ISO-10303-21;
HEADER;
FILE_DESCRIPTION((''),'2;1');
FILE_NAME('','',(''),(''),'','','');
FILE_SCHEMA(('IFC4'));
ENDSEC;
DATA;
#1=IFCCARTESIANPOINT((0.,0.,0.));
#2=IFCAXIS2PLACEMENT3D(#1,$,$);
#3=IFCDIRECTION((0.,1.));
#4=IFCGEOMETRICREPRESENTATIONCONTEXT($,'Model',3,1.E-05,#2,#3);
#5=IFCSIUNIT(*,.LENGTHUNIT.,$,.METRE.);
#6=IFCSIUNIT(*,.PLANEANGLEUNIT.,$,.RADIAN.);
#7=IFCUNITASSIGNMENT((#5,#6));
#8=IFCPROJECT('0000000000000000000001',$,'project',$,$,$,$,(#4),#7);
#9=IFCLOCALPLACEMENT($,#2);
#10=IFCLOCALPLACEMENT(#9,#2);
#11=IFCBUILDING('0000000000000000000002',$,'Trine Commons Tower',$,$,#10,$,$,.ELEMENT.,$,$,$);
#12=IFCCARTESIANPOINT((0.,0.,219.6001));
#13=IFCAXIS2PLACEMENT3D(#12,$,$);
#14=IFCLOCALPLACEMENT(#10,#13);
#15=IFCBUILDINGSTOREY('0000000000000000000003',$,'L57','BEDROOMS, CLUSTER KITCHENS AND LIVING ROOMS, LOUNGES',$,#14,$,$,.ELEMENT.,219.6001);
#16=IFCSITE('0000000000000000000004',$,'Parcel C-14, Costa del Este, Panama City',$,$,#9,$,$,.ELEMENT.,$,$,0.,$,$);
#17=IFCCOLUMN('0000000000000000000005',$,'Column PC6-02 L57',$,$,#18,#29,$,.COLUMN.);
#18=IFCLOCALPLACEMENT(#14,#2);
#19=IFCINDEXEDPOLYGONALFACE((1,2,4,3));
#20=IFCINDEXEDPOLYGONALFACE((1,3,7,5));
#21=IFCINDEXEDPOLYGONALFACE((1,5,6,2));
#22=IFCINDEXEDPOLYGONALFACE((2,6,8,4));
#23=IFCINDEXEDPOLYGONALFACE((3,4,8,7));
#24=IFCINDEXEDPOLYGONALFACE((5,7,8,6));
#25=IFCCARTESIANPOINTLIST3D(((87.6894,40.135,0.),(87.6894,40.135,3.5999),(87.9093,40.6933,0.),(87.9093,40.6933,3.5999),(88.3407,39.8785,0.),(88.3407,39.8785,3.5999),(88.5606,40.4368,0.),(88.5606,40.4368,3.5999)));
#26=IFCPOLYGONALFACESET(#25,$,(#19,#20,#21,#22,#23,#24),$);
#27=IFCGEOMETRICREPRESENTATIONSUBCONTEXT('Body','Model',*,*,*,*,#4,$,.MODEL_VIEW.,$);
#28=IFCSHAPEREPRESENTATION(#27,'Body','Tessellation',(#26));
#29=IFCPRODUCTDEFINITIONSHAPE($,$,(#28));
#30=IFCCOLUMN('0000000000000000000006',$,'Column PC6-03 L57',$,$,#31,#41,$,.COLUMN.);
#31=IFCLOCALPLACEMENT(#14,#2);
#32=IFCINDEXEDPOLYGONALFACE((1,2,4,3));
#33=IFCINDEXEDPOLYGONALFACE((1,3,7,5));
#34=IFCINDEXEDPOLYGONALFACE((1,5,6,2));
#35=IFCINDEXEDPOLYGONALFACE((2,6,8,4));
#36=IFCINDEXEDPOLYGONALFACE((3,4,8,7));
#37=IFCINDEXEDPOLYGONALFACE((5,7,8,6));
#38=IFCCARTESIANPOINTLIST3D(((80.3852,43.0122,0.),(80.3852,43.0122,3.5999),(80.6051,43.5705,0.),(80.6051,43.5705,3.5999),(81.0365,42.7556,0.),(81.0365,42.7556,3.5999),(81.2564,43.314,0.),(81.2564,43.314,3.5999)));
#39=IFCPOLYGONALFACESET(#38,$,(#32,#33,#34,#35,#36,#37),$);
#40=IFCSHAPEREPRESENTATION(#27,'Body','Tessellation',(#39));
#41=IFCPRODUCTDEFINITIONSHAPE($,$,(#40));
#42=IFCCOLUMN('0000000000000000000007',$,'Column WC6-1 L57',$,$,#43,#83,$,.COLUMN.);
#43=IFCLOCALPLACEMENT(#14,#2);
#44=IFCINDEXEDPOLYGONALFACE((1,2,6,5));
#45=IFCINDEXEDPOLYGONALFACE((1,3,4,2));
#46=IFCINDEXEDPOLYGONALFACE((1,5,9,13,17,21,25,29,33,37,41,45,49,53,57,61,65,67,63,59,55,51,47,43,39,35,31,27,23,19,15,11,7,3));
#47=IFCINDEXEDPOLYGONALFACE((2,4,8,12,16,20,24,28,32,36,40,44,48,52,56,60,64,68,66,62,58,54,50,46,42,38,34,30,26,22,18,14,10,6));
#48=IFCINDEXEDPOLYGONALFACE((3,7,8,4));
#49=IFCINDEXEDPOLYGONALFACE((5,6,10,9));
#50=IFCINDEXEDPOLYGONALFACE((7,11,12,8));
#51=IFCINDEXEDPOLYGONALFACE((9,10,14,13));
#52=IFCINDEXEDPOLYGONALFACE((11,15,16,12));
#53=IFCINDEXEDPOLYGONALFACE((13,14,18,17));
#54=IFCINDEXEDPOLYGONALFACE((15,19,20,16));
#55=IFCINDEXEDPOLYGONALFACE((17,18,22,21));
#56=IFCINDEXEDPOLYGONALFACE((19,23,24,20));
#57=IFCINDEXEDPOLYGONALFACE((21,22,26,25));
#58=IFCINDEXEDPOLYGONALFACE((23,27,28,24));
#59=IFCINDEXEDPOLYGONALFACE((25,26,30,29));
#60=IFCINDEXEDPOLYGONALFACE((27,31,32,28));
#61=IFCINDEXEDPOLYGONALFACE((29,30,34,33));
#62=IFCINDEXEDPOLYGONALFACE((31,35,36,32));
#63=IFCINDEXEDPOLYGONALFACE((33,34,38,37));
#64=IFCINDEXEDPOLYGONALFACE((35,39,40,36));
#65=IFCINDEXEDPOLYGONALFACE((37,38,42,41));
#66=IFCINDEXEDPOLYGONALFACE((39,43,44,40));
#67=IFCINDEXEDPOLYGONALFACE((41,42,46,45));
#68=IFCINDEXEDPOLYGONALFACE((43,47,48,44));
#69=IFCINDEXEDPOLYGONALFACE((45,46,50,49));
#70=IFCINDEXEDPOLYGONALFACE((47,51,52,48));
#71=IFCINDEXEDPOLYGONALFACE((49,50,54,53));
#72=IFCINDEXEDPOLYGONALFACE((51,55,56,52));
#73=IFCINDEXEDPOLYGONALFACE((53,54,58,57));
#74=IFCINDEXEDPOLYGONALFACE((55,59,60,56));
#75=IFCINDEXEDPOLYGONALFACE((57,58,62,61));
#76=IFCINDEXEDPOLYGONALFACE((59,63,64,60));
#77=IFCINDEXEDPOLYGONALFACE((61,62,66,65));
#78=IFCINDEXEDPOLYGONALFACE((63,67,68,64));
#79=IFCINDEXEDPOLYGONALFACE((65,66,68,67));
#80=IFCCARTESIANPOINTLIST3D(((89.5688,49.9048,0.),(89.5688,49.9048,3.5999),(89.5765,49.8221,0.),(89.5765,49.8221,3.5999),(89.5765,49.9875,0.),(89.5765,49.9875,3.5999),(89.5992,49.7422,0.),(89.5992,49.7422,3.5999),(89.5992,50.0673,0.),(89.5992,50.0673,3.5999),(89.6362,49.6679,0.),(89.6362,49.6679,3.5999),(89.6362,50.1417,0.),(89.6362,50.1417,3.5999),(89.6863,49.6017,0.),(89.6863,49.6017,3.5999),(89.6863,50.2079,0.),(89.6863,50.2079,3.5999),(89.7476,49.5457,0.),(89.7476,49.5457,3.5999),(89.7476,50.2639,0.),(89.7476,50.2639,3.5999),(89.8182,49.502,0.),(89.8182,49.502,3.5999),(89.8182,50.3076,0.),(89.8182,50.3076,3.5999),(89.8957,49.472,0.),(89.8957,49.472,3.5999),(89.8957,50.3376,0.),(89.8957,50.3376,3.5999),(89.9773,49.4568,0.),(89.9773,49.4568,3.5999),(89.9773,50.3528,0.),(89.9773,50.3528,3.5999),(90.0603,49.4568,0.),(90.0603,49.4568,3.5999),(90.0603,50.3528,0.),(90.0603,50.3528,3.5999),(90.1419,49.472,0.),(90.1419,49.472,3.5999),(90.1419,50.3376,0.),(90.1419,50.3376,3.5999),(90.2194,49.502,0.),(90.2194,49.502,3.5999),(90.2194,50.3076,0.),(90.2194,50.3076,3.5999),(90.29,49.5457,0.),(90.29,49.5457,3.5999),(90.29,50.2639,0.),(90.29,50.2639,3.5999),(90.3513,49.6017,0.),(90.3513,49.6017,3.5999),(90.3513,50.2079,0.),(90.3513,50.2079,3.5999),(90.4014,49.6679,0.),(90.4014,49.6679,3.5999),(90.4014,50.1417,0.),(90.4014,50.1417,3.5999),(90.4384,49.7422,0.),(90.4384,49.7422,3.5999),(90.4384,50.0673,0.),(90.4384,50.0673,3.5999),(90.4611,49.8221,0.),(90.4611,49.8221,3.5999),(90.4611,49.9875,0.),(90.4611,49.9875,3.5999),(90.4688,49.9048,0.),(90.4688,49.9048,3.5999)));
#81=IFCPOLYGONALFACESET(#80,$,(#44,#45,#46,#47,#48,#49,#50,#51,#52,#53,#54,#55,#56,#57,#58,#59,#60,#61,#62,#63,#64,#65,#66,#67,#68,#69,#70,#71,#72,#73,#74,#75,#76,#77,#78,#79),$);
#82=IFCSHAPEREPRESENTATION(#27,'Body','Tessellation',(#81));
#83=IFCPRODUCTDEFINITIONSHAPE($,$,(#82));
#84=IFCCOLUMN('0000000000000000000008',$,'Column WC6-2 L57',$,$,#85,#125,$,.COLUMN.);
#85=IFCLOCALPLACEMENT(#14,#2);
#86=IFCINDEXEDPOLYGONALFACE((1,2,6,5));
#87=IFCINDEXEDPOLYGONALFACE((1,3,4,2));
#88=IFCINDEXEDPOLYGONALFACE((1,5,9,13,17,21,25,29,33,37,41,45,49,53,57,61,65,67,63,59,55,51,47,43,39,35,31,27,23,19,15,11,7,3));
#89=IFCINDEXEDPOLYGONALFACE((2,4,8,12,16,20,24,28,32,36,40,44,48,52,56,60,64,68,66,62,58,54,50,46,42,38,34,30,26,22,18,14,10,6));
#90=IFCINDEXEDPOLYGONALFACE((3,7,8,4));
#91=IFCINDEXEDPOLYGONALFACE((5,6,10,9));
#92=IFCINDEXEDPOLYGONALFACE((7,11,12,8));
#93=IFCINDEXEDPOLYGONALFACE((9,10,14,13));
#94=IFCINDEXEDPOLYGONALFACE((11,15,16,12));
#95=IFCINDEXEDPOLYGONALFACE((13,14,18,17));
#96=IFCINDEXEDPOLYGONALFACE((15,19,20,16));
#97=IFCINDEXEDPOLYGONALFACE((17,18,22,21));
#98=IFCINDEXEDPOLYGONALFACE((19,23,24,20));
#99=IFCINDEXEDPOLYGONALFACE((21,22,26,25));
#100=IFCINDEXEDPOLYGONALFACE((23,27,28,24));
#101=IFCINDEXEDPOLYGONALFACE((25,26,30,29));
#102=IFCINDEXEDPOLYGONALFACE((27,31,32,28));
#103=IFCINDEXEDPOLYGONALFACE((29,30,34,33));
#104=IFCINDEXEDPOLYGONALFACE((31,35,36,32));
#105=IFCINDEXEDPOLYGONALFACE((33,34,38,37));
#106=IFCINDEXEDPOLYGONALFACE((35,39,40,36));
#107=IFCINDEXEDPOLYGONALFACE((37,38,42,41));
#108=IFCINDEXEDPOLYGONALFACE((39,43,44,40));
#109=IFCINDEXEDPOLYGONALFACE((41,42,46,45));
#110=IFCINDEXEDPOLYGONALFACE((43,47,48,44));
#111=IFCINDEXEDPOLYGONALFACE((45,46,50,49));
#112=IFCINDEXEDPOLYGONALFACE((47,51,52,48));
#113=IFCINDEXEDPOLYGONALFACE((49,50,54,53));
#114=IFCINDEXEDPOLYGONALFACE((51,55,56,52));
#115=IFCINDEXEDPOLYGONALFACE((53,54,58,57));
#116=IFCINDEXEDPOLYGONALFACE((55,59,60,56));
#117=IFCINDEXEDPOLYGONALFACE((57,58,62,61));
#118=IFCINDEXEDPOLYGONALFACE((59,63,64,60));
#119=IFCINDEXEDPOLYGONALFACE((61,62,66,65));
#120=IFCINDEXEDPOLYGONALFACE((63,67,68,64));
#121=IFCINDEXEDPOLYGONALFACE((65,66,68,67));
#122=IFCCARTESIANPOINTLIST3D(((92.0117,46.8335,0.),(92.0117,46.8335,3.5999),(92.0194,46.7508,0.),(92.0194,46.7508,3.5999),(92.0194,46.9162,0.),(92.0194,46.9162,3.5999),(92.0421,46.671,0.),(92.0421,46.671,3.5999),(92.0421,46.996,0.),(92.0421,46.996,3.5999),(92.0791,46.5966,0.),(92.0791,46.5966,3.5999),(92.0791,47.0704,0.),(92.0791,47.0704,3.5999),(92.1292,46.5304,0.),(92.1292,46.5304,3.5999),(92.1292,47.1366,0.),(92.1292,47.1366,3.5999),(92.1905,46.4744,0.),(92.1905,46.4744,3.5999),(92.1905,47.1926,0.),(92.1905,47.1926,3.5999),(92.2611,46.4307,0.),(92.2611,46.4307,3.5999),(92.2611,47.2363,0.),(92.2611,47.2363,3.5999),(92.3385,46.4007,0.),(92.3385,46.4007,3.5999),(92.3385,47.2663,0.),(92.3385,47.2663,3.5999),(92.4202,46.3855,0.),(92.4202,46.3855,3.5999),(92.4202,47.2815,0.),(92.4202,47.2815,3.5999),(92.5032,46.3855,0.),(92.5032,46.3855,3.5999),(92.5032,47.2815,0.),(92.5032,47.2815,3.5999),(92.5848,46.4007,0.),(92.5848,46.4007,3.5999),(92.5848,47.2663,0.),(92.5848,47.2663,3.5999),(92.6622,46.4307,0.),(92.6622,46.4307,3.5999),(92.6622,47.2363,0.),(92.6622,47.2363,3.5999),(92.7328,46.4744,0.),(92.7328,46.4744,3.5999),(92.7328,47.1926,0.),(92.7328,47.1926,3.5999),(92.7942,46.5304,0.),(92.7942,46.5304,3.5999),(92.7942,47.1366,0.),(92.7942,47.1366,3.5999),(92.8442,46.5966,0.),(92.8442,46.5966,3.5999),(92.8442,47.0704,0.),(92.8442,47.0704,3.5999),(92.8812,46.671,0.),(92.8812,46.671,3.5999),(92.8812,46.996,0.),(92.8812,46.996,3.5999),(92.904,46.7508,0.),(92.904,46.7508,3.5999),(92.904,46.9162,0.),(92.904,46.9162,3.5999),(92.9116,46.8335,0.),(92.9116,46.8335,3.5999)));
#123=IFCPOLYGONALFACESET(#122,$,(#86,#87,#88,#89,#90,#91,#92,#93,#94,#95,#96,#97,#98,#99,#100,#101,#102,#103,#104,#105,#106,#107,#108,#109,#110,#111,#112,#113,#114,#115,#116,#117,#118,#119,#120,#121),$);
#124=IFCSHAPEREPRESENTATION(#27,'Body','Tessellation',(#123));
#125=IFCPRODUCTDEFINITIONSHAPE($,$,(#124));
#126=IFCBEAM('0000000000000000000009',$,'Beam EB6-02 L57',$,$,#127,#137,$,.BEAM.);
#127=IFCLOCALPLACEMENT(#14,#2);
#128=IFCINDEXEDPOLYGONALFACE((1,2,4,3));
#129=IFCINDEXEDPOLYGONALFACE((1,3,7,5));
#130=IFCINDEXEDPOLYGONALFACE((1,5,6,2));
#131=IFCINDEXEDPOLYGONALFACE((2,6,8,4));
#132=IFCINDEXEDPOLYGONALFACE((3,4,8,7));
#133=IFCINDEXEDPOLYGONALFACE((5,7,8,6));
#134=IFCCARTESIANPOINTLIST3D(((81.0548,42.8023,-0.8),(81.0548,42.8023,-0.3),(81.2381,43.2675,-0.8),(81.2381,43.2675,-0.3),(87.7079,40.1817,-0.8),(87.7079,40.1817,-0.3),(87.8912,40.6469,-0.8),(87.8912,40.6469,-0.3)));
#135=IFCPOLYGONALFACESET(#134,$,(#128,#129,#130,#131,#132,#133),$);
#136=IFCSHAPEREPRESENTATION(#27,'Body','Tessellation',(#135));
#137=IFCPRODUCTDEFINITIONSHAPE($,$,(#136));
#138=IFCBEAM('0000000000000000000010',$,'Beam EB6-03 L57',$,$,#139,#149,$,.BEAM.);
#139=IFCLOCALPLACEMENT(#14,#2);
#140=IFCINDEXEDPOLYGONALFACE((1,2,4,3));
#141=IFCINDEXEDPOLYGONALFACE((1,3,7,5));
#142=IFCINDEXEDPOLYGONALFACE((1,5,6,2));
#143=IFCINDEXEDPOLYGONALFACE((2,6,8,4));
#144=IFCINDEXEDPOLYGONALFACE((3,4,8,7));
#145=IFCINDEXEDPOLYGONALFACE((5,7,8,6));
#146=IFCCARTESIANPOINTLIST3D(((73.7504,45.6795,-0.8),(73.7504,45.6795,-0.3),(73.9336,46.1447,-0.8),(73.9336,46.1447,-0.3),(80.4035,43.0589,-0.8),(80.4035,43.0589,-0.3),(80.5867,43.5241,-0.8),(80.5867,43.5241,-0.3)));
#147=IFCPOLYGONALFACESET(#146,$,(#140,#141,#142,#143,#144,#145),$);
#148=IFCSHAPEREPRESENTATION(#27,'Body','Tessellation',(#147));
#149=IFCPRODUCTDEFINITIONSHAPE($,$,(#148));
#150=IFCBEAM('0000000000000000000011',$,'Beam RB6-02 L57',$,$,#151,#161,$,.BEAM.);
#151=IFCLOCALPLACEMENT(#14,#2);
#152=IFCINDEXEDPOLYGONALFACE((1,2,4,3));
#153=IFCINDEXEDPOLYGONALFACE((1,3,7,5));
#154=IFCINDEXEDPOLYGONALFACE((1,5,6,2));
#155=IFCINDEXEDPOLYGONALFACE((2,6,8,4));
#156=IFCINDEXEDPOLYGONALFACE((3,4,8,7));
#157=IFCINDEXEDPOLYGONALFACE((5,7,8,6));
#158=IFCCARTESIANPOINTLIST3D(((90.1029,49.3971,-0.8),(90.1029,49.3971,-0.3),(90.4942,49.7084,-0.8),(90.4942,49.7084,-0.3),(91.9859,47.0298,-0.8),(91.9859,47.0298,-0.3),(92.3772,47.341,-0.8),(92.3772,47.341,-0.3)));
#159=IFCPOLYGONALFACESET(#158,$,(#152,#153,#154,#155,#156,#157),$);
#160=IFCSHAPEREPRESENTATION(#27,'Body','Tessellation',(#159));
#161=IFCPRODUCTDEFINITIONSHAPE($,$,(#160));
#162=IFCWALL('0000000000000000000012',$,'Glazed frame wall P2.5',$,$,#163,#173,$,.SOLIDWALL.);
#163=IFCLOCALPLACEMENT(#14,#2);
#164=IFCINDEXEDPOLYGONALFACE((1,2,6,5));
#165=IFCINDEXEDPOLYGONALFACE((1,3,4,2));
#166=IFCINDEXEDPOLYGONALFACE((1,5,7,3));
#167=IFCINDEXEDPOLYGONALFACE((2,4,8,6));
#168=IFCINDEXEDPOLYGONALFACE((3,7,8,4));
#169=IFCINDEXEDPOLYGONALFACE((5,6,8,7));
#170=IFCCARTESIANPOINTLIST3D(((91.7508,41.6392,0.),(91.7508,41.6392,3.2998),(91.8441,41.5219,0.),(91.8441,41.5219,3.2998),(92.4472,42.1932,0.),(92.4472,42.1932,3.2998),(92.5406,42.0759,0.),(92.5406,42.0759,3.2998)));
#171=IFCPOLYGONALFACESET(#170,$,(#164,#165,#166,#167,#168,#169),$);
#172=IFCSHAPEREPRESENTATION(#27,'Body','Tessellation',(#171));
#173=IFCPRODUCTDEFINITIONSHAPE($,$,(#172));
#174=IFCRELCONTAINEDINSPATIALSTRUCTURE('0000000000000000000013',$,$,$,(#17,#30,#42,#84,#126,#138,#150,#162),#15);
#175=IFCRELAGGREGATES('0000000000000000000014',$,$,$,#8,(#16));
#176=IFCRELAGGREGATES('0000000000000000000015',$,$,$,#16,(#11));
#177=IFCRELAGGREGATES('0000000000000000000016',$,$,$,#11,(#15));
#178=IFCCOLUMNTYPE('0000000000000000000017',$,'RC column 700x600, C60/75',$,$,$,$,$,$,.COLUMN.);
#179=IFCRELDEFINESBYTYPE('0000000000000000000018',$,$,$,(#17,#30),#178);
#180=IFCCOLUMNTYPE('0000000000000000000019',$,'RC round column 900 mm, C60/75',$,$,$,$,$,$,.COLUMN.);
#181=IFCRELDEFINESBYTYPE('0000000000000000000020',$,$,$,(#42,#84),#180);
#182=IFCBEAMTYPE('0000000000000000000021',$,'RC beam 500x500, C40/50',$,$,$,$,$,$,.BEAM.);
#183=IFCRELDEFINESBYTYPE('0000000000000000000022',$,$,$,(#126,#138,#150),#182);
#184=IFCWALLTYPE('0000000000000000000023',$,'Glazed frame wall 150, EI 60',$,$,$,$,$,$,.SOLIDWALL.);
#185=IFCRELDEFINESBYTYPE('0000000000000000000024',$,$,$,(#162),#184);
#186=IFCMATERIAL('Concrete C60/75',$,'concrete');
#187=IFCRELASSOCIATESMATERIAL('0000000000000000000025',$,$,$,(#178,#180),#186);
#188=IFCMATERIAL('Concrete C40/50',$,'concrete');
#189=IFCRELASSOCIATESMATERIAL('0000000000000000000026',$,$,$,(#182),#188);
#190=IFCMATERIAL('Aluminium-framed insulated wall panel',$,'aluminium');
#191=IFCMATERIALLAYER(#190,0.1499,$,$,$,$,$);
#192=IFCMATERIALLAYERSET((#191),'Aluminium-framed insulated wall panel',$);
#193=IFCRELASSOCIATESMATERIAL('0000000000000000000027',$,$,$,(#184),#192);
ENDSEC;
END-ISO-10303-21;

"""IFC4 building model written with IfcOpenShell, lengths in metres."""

from ifc_helpers import new_model, si_unit, direction, frame, origin, origin_2d, place, context, subcontext, project, spatial, polyline, rectangle, circle, outline, extrude, material, layer, layer_set, material_profile, profile_set, type_object, element, save


model = new_model("IFC4")

# Units and contexts
model_context = context("Model", 3, precision=1e-05, world=origin(), true_north=direction((0.0, 1.0)))
body_context = subcontext(model_context, "Body", "Model", "MODEL_VIEW")
ifc_project = project(units=[si_unit("LENGTHUNIT", "METRE"), si_unit("PLANEANGLEUNIT", "RADIAN")], contexts=[model_context])

# Site, building, storey
site_placement = place(None, origin())
site = spatial("IfcSite", under=ifc_project, at=site_placement, Name="Parcel C-14, Costa del Este, Panama City", CompositionType="ELEMENT", RefElevation=0.0)
building_placement = place(site_placement, origin())
building = spatial("IfcBuilding", under=site, at=building_placement, Name="Trine Commons Tower", CompositionType="ELEMENT")
storey_placement = place(building_placement, frame((0.0, 0.0, 219.6001)))
storey = spatial("IfcBuildingStorey", under=building, at=storey_placement, Name="L57", Description="BEDROOMS, CLUSTER KITCHENS AND LIVING ROOMS, LOUNGES", CompositionType="ELEMENT", Elevation=219.6001)

# Columns
ifc_material_1 = material(Name="Concrete C60/75", Category="concrete")
ifc_material_profile_1 = material_profile(ifc_material_1, rectangle(XDim=0.7, YDim=0.6001, at=origin_2d()), Name="RC 700x600")
ifc_profile_set_1 = profile_set([ifc_material_profile_1], Name="Concrete C60/75")
column_type_1 = type_object("IfcColumnType", Name="RC column 700x600, C60/75", PredefinedType="COLUMN", material=ifc_profile_set_1)
for number, where, z_axis, x_axis, name in (
    (1, (88.125, 40.2859, 0.0), (0.0, 0.0, 1.0), (-0.930418, 0.366501, 0.0), "Column PC6-02 L57"),
    (2, (80.8208, 43.1631, 0.0), (0.0, 0.0, 1.0), (-0.930418, 0.366501, 0.0), "Column PC6-03 L57"),
):
    element("IfcColumn", number, at=place(storey_placement, frame(where, z_axis=z_axis, x_axis=x_axis)), inside=storey, type_object=column_type_1, Name=name, PredefinedType="COLUMN", context=body_context, shape_type="SweptSolid", body=[
        extrude(rectangle(XDim=0.7, YDim=0.6001, at=origin_2d()), origin(), (0.0, 0.0, 1.0), 3.5999),
    ])
ifc_material_profile_2 = material_profile(ifc_material_1, circle(Radius=0.45, at=origin_2d()), Name="RC round 900")
ifc_profile_set_2 = profile_set([ifc_material_profile_2], Name="Concrete C60/75")
column_type_2 = type_object("IfcColumnType", Name="RC round column 900 mm, C60/75", PredefinedType="COLUMN", material=ifc_profile_set_2)
for number, where, z_axis, x_axis, name in (
    (3, (90.0188, 49.9048, 0.0), (0.0, 0.0, 1.0), (1.0, 0.0, 0.0), "Column WC6-1 L57"),
    (4, (92.4617, 46.8335, 0.0), (0.0, 0.0, 1.0), (1.0, 0.0, 0.0), "Column WC6-2 L57"),
):
    element("IfcColumn", number, at=place(storey_placement, frame(where, z_axis=z_axis, x_axis=x_axis)), inside=storey, type_object=column_type_2, Name=name, PredefinedType="COLUMN", context=body_context, shape_type="SweptSolid", body=[
        extrude(circle(Radius=0.45, at=origin_2d()), origin(), (0.0, 0.0, 1.0), 3.5999),
    ])

# Beams
ifc_material_2 = material(Name="Concrete C40/50", Category="concrete")
ifc_material_profile_3 = material_profile(ifc_material_2, rectangle(XDim=0.5, YDim=0.5, at=origin_2d()), Name="RC 500x500")
ifc_profile_set_3 = profile_set([ifc_material_profile_3], Name="Concrete C40/50")
beam_type = type_object("IfcBeamType", Name="RC beam 500x500, C40/50", PredefinedType="BEAM", material=ifc_profile_set_3)
for number, where, z_axis, x_axis, name in (
    (5, (87.7996, 40.4143, -0.55), (-0.930423, 0.366488, 0.0), (-0.366488, -0.930423, 0.0), "Beam EB6-02 L57"),
    (6, (80.4951, 43.2915, -0.55), (-0.930423, 0.366488, 0.0), (-0.366488, -0.930423, 0.0), "Beam EB6-03 L57"),
):
    element("IfcBeam", number, at=place(storey_placement, frame(where, z_axis=z_axis, x_axis=x_axis)), inside=storey, type_object=beam_type, Name=name, PredefinedType="BEAM", context=body_context, shape_type="SweptSolid", body=[
        extrude(rectangle(XDim=0.5, YDim=0.5, at=origin_2d()), origin(), (0.0, 0.0, 1.0), 7.1506),
    ])
beam_placement = place(storey_placement, frame((90.2986, 49.5527, -0.55), z_axis=(0.622498, -0.782622, 0.0), x_axis=(0.782622, 0.622498, 0.0)))
element("IfcBeam", 7, at=beam_placement, inside=storey, type_object=beam_type, Name="Beam RB6-02 L57", PredefinedType="BEAM", context=body_context, shape_type="SweptSolid", body=[
    extrude(rectangle(XDim=0.5, YDim=0.5, at=origin_2d()), origin(), (0.0, 0.0, 1.0), 3.0249),
])

# Wall
ifc_material_3 = material(Name="Aluminium-framed insulated wall panel", Category="aluminium")
ifc_layer_1 = layer(ifc_material_3, 0.1499)
ifc_layer_set_1 = layer_set([ifc_layer_1], Name="Aluminium-framed insulated wall panel")
wall_type_1 = type_object("IfcWallType", Name="Glazed frame wall 150, EI 60", PredefinedType="SOLIDWALL", material=ifc_layer_set_1)
wall_1_placement = place(storey_placement, frame((92.4939, 42.1345, 0.0), z_axis=(0.0, 0.0, 1.0), x_axis=(-0.782628, -0.62249, 0.0)))
element("IfcWall", 8, at=wall_1_placement, inside=storey, type_object=wall_type_1, Name="Glazed frame wall P2.5", PredefinedType="SOLIDWALL", context=body_context, shape_type="SweptSolid", body=[
    extrude(outline(polyline([(0.8899, 0.075), (0.0, 0.075), (0.0, -0.075), (0.8899, -0.075), (0.8899, 0.075)])), origin(), (0.0, 0.0, 1.0), 3.2998),
])

save(model, "model.ifc")
